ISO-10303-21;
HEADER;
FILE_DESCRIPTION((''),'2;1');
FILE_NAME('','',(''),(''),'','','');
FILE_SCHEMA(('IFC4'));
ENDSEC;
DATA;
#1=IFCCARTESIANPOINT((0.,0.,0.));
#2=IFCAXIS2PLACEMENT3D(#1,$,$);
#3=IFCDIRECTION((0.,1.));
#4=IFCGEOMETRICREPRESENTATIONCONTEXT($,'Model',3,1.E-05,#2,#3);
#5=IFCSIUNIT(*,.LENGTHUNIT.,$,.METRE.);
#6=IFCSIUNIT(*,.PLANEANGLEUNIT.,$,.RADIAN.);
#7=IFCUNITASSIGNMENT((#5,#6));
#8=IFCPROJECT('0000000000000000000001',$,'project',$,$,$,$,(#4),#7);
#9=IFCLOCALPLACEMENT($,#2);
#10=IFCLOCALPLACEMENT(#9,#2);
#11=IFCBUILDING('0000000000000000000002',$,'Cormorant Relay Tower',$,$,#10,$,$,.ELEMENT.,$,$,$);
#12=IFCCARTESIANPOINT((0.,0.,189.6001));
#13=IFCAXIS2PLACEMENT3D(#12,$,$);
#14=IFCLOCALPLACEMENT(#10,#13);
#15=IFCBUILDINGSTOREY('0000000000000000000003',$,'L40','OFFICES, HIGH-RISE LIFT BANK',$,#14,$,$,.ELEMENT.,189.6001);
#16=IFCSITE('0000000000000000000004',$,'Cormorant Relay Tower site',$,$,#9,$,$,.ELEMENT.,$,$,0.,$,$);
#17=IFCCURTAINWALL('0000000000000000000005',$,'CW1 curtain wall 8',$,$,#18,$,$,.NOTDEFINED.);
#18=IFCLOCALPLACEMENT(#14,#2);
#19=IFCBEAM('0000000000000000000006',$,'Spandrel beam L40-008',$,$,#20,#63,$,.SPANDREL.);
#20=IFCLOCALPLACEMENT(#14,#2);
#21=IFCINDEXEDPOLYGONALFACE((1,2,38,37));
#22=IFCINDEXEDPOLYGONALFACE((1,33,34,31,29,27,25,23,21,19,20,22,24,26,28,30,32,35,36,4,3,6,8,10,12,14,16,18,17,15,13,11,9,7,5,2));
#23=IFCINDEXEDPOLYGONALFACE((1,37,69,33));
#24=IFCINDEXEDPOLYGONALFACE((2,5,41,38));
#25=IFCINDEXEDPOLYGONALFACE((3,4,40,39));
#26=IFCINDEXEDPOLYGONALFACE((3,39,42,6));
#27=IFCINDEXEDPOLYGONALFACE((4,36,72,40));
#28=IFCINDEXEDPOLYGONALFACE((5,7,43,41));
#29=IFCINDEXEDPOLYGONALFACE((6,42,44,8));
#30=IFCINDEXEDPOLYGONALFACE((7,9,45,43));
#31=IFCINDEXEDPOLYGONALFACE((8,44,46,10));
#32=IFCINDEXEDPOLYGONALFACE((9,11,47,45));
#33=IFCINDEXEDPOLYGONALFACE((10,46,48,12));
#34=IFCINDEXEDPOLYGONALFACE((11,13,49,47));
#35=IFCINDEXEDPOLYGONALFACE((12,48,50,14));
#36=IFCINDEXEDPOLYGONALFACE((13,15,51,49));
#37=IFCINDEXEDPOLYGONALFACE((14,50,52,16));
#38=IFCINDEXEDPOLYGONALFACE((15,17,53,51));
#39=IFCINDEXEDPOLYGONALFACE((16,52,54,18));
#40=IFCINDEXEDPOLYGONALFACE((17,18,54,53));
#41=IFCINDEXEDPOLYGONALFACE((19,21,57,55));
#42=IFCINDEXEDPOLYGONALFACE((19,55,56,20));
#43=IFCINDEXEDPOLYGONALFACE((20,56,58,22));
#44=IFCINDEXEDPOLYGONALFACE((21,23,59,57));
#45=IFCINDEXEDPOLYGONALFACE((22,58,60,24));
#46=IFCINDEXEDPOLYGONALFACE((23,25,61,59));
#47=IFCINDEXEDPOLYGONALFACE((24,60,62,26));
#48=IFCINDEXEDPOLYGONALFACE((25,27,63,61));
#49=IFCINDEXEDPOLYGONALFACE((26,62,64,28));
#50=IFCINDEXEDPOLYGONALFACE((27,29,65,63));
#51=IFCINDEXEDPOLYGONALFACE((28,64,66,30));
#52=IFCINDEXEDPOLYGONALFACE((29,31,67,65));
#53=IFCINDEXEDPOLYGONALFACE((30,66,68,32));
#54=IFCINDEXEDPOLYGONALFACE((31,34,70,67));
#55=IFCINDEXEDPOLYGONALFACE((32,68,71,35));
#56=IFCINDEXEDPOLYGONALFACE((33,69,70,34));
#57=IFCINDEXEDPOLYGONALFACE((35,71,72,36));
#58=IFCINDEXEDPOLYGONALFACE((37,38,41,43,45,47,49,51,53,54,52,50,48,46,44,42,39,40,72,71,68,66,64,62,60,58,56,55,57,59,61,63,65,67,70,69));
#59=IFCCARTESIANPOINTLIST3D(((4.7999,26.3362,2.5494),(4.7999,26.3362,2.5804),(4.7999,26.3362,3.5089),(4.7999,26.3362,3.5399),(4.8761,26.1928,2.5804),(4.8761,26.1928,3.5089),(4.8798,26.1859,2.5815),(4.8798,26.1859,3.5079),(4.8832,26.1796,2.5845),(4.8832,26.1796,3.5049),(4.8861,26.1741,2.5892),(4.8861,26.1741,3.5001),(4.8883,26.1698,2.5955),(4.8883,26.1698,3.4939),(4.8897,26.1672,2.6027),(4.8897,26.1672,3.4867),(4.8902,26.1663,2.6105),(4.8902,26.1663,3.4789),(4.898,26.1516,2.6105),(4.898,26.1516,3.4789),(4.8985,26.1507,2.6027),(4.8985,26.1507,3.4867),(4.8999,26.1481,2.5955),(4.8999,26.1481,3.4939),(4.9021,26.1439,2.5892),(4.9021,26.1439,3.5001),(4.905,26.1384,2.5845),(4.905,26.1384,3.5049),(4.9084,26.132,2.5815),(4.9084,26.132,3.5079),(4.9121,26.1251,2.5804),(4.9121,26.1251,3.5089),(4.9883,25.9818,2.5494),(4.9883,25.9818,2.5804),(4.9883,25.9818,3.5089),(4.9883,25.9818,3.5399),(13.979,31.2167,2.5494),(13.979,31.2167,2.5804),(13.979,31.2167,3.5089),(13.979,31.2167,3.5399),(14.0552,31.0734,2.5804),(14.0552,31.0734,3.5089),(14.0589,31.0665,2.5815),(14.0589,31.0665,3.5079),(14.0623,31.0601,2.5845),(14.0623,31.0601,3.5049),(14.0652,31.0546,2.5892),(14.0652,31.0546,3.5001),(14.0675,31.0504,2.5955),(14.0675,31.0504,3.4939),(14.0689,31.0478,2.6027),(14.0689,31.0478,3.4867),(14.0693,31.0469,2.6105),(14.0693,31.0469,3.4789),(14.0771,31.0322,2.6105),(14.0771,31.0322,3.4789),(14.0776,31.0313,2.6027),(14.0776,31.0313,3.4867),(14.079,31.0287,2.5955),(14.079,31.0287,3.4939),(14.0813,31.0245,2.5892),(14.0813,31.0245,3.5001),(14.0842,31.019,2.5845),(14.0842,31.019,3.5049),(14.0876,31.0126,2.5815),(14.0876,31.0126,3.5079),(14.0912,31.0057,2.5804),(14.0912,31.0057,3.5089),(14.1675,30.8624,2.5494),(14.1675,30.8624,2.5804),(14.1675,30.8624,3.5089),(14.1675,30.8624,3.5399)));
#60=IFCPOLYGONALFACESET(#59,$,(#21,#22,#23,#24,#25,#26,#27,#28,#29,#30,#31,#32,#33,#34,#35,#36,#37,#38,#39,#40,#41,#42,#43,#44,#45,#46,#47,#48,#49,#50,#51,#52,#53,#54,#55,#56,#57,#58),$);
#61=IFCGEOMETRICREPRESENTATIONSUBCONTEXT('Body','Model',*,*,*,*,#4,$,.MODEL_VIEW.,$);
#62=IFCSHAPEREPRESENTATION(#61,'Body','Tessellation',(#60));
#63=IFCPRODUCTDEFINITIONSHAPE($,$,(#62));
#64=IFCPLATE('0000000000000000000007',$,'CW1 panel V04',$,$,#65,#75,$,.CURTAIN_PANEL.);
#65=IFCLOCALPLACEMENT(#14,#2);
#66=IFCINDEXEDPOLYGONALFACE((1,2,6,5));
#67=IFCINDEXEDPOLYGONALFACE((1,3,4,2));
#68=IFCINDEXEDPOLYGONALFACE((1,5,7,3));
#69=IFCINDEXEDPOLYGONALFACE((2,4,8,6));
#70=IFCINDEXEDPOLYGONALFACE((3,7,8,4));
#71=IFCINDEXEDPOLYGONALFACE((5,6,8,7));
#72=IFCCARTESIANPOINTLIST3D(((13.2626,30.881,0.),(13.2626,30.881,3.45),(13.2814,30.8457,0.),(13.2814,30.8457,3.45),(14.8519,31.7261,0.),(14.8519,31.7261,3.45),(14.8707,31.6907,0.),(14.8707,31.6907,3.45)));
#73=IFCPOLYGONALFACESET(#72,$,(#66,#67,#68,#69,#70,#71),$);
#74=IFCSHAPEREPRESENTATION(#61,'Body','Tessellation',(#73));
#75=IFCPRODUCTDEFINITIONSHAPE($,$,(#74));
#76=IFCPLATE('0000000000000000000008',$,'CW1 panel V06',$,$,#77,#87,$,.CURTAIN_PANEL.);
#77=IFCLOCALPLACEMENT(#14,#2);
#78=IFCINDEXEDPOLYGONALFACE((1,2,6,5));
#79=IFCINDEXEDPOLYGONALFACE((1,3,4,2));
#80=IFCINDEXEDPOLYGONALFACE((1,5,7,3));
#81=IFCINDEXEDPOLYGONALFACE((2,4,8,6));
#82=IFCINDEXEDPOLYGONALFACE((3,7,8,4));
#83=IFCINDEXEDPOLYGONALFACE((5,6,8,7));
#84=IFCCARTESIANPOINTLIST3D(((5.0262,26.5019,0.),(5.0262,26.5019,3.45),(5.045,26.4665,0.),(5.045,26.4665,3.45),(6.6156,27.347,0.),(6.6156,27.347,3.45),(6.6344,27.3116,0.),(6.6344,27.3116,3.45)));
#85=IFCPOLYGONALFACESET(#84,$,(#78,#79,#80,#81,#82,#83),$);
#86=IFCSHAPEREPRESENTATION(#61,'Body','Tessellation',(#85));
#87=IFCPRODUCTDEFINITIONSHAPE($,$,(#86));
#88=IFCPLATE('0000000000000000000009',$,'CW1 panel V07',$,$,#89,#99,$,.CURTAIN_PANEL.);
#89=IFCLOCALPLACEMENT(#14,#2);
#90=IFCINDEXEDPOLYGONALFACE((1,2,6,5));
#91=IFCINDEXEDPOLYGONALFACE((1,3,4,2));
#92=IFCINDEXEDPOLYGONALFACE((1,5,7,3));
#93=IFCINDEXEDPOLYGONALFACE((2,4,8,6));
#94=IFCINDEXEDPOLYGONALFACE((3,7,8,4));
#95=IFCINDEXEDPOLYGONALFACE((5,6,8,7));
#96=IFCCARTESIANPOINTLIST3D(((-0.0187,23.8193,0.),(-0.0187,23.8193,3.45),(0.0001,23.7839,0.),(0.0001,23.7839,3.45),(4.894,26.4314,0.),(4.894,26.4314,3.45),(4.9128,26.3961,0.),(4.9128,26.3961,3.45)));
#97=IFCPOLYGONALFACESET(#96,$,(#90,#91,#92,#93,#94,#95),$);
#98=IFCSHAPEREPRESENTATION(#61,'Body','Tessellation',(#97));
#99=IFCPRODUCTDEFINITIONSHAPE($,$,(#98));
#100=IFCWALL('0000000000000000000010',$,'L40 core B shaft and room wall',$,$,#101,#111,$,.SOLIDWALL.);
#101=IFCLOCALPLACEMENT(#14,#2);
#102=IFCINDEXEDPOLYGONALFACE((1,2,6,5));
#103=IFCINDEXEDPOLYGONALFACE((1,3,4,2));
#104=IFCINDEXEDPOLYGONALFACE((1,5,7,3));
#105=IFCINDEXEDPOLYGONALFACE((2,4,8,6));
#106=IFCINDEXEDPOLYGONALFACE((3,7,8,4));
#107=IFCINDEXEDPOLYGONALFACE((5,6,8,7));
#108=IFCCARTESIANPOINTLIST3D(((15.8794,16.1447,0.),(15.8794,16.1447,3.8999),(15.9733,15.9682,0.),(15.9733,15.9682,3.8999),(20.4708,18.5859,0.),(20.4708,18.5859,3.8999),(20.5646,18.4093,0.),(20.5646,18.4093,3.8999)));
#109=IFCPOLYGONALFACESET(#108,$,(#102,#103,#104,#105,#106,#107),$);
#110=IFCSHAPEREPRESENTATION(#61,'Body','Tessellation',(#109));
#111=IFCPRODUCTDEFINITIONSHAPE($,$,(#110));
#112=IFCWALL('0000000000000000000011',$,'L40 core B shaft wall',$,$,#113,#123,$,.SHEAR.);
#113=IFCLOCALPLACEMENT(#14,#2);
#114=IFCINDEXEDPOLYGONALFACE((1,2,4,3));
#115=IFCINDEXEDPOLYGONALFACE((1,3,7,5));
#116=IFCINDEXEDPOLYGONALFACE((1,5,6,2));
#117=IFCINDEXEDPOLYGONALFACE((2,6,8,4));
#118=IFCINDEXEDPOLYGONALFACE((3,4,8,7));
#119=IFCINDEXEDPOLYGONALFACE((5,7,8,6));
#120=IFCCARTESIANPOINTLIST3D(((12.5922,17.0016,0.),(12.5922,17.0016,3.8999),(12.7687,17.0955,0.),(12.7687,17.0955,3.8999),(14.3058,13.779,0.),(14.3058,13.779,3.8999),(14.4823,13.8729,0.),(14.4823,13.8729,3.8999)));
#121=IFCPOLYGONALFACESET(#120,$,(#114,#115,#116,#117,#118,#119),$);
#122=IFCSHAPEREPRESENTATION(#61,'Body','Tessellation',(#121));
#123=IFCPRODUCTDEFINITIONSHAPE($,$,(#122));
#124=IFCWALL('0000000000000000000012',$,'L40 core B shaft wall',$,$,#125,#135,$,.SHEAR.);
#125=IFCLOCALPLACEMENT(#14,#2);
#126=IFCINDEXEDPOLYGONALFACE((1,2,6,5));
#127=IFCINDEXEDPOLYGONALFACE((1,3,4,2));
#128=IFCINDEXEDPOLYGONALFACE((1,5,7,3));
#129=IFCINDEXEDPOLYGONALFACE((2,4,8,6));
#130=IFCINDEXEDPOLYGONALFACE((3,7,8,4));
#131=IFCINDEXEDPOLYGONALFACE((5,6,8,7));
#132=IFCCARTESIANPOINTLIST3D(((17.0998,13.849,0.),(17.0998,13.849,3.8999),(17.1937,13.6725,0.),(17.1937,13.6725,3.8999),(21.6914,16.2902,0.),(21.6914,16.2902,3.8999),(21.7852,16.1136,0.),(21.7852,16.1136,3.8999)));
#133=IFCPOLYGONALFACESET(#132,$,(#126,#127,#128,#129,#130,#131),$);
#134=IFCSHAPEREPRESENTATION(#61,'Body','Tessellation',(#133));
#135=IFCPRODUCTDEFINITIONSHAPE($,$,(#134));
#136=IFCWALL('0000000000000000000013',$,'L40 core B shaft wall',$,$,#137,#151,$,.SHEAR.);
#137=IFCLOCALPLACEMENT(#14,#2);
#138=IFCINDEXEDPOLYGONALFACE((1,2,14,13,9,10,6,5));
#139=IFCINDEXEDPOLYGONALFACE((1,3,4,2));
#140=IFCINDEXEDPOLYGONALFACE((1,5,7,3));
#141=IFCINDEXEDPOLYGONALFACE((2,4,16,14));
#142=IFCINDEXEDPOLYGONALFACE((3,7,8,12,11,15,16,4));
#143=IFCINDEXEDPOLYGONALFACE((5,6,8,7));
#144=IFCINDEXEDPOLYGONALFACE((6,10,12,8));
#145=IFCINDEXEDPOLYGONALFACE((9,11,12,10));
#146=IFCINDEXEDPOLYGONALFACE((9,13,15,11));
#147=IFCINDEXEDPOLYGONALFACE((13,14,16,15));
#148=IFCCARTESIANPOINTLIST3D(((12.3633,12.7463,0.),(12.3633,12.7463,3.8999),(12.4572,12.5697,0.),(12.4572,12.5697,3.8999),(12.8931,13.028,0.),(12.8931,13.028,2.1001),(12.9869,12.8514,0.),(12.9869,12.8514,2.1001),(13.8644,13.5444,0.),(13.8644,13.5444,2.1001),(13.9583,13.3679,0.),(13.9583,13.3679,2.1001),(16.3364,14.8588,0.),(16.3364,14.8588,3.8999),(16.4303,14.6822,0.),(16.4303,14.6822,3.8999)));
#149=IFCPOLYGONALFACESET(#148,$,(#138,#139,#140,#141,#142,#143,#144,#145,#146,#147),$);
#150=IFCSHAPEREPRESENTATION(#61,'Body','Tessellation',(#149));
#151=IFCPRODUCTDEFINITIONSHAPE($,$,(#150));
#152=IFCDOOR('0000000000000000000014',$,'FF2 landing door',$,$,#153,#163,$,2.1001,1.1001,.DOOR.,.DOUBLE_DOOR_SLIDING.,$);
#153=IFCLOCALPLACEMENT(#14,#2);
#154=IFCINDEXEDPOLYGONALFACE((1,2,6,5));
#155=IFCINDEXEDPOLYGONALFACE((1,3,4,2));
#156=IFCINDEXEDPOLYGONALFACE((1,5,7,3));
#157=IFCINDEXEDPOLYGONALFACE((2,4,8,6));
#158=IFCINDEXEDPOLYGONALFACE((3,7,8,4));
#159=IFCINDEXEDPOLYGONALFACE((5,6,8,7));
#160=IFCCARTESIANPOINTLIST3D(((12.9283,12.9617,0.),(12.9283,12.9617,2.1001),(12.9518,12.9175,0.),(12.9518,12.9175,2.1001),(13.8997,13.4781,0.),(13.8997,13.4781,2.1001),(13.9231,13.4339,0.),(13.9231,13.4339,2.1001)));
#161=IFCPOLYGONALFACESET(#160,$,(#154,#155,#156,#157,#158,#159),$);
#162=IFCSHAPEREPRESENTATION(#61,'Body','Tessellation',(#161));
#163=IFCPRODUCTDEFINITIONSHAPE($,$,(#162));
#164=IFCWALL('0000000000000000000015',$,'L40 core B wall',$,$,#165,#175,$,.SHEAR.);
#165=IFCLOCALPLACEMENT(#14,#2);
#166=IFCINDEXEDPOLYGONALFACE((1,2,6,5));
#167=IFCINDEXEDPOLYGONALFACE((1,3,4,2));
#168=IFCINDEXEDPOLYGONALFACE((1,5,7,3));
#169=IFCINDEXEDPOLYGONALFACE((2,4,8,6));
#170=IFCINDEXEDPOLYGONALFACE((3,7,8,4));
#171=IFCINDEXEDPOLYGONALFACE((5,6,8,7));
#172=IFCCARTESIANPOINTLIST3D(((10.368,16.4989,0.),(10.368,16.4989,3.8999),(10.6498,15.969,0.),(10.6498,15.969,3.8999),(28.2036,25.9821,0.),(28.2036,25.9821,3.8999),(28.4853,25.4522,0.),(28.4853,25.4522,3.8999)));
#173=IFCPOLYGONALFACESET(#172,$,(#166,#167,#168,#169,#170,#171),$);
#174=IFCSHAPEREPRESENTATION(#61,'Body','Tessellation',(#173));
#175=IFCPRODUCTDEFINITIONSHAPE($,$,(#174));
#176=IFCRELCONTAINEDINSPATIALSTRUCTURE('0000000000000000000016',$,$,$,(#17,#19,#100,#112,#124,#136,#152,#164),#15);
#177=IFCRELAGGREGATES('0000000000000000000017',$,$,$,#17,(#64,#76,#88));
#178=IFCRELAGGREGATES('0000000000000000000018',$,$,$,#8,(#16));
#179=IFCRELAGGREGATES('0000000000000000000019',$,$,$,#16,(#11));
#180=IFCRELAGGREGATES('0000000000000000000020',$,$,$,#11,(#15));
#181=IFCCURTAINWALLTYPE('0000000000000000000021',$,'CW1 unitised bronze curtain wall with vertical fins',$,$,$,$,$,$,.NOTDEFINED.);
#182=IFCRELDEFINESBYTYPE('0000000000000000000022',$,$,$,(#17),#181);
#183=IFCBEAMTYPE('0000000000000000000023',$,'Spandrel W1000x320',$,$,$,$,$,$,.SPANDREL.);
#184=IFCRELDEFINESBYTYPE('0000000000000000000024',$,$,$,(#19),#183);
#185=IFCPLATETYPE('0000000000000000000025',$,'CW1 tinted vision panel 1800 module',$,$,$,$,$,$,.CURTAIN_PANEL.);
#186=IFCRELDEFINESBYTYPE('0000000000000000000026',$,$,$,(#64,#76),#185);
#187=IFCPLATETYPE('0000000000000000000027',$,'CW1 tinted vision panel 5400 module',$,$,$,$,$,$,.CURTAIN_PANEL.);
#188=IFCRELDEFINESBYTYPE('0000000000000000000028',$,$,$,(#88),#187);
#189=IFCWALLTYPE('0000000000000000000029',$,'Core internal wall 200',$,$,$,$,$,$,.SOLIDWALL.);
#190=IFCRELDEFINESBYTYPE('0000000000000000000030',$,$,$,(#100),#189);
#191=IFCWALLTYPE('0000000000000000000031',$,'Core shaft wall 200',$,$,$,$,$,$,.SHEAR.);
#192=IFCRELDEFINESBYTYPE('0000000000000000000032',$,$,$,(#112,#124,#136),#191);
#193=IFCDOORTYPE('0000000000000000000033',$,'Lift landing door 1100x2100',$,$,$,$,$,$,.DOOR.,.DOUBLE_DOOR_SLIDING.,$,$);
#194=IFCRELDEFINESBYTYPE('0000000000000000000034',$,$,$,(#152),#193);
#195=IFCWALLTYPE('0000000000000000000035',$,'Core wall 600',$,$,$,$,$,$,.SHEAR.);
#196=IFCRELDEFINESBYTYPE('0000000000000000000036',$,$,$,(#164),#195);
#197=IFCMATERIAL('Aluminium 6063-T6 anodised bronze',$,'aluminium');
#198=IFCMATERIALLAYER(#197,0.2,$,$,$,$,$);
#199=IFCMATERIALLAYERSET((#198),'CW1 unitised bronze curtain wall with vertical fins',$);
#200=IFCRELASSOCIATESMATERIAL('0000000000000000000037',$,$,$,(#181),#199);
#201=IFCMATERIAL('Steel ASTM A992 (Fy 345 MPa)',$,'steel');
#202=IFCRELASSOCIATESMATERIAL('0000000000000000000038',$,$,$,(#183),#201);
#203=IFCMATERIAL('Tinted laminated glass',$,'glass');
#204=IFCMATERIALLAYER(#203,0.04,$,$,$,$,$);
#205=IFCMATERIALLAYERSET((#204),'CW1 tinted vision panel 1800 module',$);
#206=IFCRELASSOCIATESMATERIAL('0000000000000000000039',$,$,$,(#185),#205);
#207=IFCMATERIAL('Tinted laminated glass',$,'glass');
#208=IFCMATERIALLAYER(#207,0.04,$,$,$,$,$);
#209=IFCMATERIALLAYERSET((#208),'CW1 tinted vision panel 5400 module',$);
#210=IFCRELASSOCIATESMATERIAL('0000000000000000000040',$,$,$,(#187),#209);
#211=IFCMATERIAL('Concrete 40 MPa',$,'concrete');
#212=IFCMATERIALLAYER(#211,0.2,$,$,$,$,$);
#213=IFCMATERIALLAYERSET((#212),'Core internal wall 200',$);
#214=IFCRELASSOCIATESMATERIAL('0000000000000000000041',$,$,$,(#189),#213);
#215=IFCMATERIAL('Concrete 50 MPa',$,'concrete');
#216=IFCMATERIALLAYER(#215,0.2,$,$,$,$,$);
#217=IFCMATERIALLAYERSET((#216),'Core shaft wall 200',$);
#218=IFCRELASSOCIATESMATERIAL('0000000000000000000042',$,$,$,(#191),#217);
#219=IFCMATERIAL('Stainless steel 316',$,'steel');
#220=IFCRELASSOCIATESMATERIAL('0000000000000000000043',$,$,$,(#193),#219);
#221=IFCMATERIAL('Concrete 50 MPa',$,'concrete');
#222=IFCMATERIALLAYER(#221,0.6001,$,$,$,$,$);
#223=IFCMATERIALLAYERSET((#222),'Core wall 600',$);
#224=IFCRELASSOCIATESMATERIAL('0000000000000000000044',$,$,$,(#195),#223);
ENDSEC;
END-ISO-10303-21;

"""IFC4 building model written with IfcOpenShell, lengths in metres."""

from ifc_helpers import new_model, si_unit, direction, frame, frame_2d, origin, origin_2d, place, context, subcontext, project, spatial, rectangle, i_section, extrude, material, layer, layer_set, material_profile, profile_set, type_object, element, fill, aggregate, save


model = new_model("IFC4")

# Units and contexts
model_context = context("Model", 3, precision=1e-05, world=origin(), true_north=direction((0.0, 1.0)))
body_context = subcontext(model_context, "Body", "Model", "MODEL_VIEW")
ifc_project = project(units=[si_unit("LENGTHUNIT", "METRE"), si_unit("PLANEANGLEUNIT", "RADIAN")], contexts=[model_context])

# Site, building, storey
site_placement = place(None, origin())
site = spatial("IfcSite", under=ifc_project, at=site_placement, Name="Cormorant Relay Tower site", CompositionType="ELEMENT", RefElevation=0.0)
building_placement = place(site_placement, origin())
building = spatial("IfcBuilding", under=site, at=building_placement, Name="Cormorant Relay Tower", CompositionType="ELEMENT")
storey_placement = place(building_placement, frame((0.0, 0.0, 189.6001)))
storey = spatial("IfcBuildingStorey", under=building, at=storey_placement, Name="L40", Description="OFFICES, HIGH-RISE LIFT BANK", CompositionType="ELEMENT", Elevation=189.6001)

# Curtain wall
ifc_material_1 = material(Name="Aluminium 6063-T6 anodised bronze", Category="aluminium")
ifc_layer_1 = layer(ifc_material_1, 0.2)
ifc_layer_set_1 = layer_set([ifc_layer_1], Name="CW1 unitised bronze curtain wall with vertical fins")
curtain_wall_type = type_object("IfcCurtainWallType", Name="CW1 unitised bronze curtain wall with vertical fins", PredefinedType="NOTDEFINED", material=ifc_layer_set_1)
curtain_wall_1_placement = place(storey_placement, origin())
curtain_wall_1 = element("IfcCurtainWall", 1, at=curtain_wall_1_placement, inside=storey, type_object=curtain_wall_type, Name="CW1 curtain wall 8", PredefinedType="NOTDEFINED")

# Beam
ifc_material_2 = material(Name="Steel ASTM A992 (Fy 345 MPa)", Category="steel")
ifc_material_profile_1 = material_profile(ifc_material_2, i_section(OverallWidth=0.4014, OverallDepth=0.9905, WebThickness=0.0166, FlangeThickness=0.031, FilletRadius=0.03, at=origin_2d()), Name="W1000x320")
ifc_profile_set_1 = profile_set([ifc_material_profile_1], Name="Steel ASTM A992 (Fy 345 MPa)")
beam_type = type_object("IfcBeamType", Name="Spandrel W1000x320", PredefinedType="SPANDREL", material=ifc_profile_set_1)
beam_placement = place(storey_placement, frame((14.0732, 31.0396, 3.0447), z_axis=(-0.88295, -0.469468, 0.0), x_axis=(0.469468, -0.88295, 0.0)))
element("IfcBeam", 2, at=beam_placement, inside=storey, type_object=beam_type, Name="Spandrel beam L40-008", PredefinedType="SPANDREL", context=body_context, shape_type="SweptSolid", body=[
    extrude(i_section(OverallWidth=0.4014, OverallDepth=0.9905, WebThickness=0.0166, FlangeThickness=0.031, FilletRadius=0.03, at=origin_2d()), origin(), (0.0, 0.0, 1.0), 10.396),
])

# Plates
ifc_material_3 = material(Name="Tinted laminated glass", Category="glass")
ifc_layer_2 = layer(ifc_material_3, 0.04)
ifc_layer_set_2 = layer_set([ifc_layer_2], Name="CW1 tinted vision panel 1800 module")
plate_type_1 = type_object("IfcPlateType", Name="CW1 tinted vision panel 1800 module", PredefinedType="CURTAIN_PANEL", material=ifc_layer_set_2)
plate_1_placement = place(storey_placement, frame((14.0667, 31.2859, 0.0), z_axis=(0.0, 0.0, 1.0), x_axis=(-0.882948, -0.469472, 0.0)))
plate_1 = element("IfcPlate", 3, at=plate_1_placement, type_object=plate_type_1, Name="CW1 panel V04", PredefinedType="CURTAIN_PANEL", context=body_context, shape_type="SweptSolid", body=[
    extrude(rectangle(XDim=1.8, YDim=0.04, at=origin_2d()), origin(), (0.0, 0.0, 1.0), 3.45),
])
plate_2_placement = place(storey_placement, frame((5.8303, 26.9067, 0.0), z_axis=(0.0, 0.0, 1.0), x_axis=(-0.882948, -0.469472, 0.0)))
plate_2 = element("IfcPlate", 4, at=plate_2_placement, type_object=plate_type_1, Name="CW1 panel V06", PredefinedType="CURTAIN_PANEL", context=body_context, shape_type="SweptSolid", body=[
    extrude(rectangle(XDim=1.8, YDim=0.04, at=origin_2d()), origin(), (0.0, 0.0, 1.0), 3.45),
])
ifc_material_4 = material(Name="Tinted laminated glass", Category="glass")
ifc_layer_3 = layer(ifc_material_4, 0.04)
ifc_layer_set_3 = layer_set([ifc_layer_3], Name="CW1 tinted vision panel 5400 module")
plate_type_2 = type_object("IfcPlateType", Name="CW1 tinted vision panel 5400 module", PredefinedType="CURTAIN_PANEL", material=ifc_layer_set_3)
plate_3_placement = place(storey_placement, frame((2.447, 25.1077, 0.0), z_axis=(0.0, 0.0, 1.0), x_axis=(-0.882948, -0.469472, 0.0)))
plate_3 = element("IfcPlate", 5, at=plate_3_placement, type_object=plate_type_2, Name="CW1 panel V07", PredefinedType="CURTAIN_PANEL", context=body_context, shape_type="SweptSolid", body=[
    extrude(rectangle(XDim=5.564, YDim=0.04, at=origin_2d()), origin(), (0.0, 0.0, 1.0), 3.45),
])

# Walls
ifc_material_5 = material(Name="Concrete 40 MPa", Category="concrete")
ifc_layer_4 = layer(ifc_material_5, 0.2)
ifc_layer_set_4 = layer_set([ifc_layer_4], Name="Core internal wall 200")
wall_type_1 = type_object("IfcWallType", Name="Core internal wall 200", PredefinedType="SOLIDWALL", material=ifc_layer_set_4)
wall_1_placement = place(storey_placement, frame((15.9263, 16.0564, 0.0), z_axis=(0.0, 0.0, 1.0), x_axis=(0.882954, 0.46946, 0.0)))
element("IfcWall", 6, at=wall_1_placement, inside=storey, type_object=wall_type_1, Name="L40 core B shaft and room wall", PredefinedType="SOLIDWALL", context=body_context, shape_type="SweptSolid", body=[
    extrude(rectangle(XDim=5.2, YDim=0.2, at=frame_2d((2.6001, 0.0))), origin(), (0.0, 0.0, 1.0), 3.8999),
])
ifc_material_6 = material(Name="Concrete 50 MPa", Category="concrete")
ifc_layer_5 = layer(ifc_material_6, 0.2)
ifc_layer_set_5 = layer_set([ifc_layer_5], Name="Core shaft wall 200")
wall_type_2 = type_object("IfcWallType", Name="Core shaft wall 200", PredefinedType="SHEAR", material=ifc_layer_set_5)
wall_2_placement = place(storey_placement, frame((14.394, 13.8259, 0.0), z_axis=(0.0, 0.0, 1.0), x_axis=(-0.469494, 0.882936, 0.0)))
element("IfcWall", 7, at=wall_2_placement, inside=storey, type_object=wall_type_2, Name="L40 core B shaft wall", PredefinedType="SHEAR", context=body_context, shape_type="SweptSolid", body=[
    extrude(rectangle(XDim=3.6499, YDim=0.2, at=frame_2d((1.825, 0.0))), origin(), (0.0, 0.0, 1.0), 3.8999),
])
wall_3_placement = place(storey_placement, frame((17.1467, 13.7607, 0.0), z_axis=(0.0, 0.0, 1.0), x_axis=(0.882964, 0.46944, 0.0)))
element("IfcWall", 8, at=wall_3_placement, inside=storey, type_object=wall_type_2, Name="L40 core B shaft wall", PredefinedType="SHEAR", context=body_context, shape_type="SweptSolid", body=[
    extrude(rectangle(XDim=5.2002, YDim=0.2, at=frame_2d((2.6001, 0.0))), origin(), (0.0, 0.0, 1.0), 3.8999),
])

# Wall, opening, door
wall_4_placement = place(storey_placement, frame((12.4102, 12.658, 0.0), z_axis=(0.0, 0.0, 1.0), x_axis=(0.882948, 0.46947, 0.0)))
wall_4 = element("IfcWall", 9, at=wall_4_placement, inside=storey, type_object=wall_type_2, Name="L40 core B shaft wall", PredefinedType="SHEAR", context=body_context, shape_type="SweptSolid", body=[
    extrude(rectangle(XDim=4.4998, YDim=0.2, at=frame_2d((2.25, 0.0))), origin(), (0.0, 0.0, 1.0), 3.8999),
])
opening_1_placement = place(wall_4_placement, frame((0.6001, 0.0, 0.0)))
opening_1 = element("IfcOpeningElement", 10, at=opening_1_placement, cuts=wall_4, PredefinedType="OPENING", context=body_context, shape_type="SweptSolid", body=[
    extrude(rectangle(XDim=1.1001, YDim=2.1001, at=frame_2d((0.55, 1.05))), frame((0.0, 0.1099, 0.0), z_axis=(0.0, -1.0, 0.0), x_axis=(1.0, 0.0, 0.0)), (0.0, 0.0, 1.0), 0.22),
])
ifc_material_7 = material(Name="Stainless steel 316", Category="steel")
door_type_1 = type_object("IfcDoorType", Name="Lift landing door 1100x2100", OperationType="DOUBLE_DOOR_SLIDING", PredefinedType="DOOR", material=ifc_material_7)
door_1_placement = place(opening_1_placement, origin())
door_1 = element("IfcDoor", 11, at=door_1_placement, inside=storey, type_object=door_type_1, Name="FF2 landing door", OperationType="DOUBLE_DOOR_SLIDING", OverallHeight=2.1001, OverallWidth=1.1001, PredefinedType="DOOR", context=body_context, shape_type="SweptSolid", body=[
    extrude(rectangle(XDim=1.1001, YDim=2.1001, at=frame_2d((0.55, 1.05))), frame((0.0, 0.0249, 0.0), z_axis=(0.0, -1.0, 0.0), x_axis=(1.0, 0.0, 0.0)), (0.0, 0.0, 1.0), 0.05),
])
fill(opening_1, door_1)

# Wall
ifc_material_8 = material(Name="Concrete 50 MPa", Category="concrete")
ifc_layer_6 = layer(ifc_material_8, 0.6001)
ifc_layer_set_6 = layer_set([ifc_layer_6], Name="Core wall 600")
wall_type_3 = type_object("IfcWallType", Name="Core wall 600", PredefinedType="SHEAR", material=ifc_layer_set_6)
wall_5_placement = place(storey_placement, frame((10.5088, 16.2339, 0.0), z_axis=(0.0, 0.0, 1.0), x_axis=(0.88295, 0.469467, 0.0)))
element("IfcWall", 12, at=wall_5_placement, inside=storey, type_object=wall_type_3, Name="L40 core B wall", PredefinedType="SHEAR", context=body_context, shape_type="SweptSolid", body=[
    extrude(rectangle(XDim=20.2, YDim=0.6001, at=frame_2d((10.1001, 0.0))), origin(), (0.0, 0.0, 1.0), 3.8999),
])

aggregate(curtain_wall_1, [plate_1, plate_2, plate_3])

save(model, "model.ifc")
